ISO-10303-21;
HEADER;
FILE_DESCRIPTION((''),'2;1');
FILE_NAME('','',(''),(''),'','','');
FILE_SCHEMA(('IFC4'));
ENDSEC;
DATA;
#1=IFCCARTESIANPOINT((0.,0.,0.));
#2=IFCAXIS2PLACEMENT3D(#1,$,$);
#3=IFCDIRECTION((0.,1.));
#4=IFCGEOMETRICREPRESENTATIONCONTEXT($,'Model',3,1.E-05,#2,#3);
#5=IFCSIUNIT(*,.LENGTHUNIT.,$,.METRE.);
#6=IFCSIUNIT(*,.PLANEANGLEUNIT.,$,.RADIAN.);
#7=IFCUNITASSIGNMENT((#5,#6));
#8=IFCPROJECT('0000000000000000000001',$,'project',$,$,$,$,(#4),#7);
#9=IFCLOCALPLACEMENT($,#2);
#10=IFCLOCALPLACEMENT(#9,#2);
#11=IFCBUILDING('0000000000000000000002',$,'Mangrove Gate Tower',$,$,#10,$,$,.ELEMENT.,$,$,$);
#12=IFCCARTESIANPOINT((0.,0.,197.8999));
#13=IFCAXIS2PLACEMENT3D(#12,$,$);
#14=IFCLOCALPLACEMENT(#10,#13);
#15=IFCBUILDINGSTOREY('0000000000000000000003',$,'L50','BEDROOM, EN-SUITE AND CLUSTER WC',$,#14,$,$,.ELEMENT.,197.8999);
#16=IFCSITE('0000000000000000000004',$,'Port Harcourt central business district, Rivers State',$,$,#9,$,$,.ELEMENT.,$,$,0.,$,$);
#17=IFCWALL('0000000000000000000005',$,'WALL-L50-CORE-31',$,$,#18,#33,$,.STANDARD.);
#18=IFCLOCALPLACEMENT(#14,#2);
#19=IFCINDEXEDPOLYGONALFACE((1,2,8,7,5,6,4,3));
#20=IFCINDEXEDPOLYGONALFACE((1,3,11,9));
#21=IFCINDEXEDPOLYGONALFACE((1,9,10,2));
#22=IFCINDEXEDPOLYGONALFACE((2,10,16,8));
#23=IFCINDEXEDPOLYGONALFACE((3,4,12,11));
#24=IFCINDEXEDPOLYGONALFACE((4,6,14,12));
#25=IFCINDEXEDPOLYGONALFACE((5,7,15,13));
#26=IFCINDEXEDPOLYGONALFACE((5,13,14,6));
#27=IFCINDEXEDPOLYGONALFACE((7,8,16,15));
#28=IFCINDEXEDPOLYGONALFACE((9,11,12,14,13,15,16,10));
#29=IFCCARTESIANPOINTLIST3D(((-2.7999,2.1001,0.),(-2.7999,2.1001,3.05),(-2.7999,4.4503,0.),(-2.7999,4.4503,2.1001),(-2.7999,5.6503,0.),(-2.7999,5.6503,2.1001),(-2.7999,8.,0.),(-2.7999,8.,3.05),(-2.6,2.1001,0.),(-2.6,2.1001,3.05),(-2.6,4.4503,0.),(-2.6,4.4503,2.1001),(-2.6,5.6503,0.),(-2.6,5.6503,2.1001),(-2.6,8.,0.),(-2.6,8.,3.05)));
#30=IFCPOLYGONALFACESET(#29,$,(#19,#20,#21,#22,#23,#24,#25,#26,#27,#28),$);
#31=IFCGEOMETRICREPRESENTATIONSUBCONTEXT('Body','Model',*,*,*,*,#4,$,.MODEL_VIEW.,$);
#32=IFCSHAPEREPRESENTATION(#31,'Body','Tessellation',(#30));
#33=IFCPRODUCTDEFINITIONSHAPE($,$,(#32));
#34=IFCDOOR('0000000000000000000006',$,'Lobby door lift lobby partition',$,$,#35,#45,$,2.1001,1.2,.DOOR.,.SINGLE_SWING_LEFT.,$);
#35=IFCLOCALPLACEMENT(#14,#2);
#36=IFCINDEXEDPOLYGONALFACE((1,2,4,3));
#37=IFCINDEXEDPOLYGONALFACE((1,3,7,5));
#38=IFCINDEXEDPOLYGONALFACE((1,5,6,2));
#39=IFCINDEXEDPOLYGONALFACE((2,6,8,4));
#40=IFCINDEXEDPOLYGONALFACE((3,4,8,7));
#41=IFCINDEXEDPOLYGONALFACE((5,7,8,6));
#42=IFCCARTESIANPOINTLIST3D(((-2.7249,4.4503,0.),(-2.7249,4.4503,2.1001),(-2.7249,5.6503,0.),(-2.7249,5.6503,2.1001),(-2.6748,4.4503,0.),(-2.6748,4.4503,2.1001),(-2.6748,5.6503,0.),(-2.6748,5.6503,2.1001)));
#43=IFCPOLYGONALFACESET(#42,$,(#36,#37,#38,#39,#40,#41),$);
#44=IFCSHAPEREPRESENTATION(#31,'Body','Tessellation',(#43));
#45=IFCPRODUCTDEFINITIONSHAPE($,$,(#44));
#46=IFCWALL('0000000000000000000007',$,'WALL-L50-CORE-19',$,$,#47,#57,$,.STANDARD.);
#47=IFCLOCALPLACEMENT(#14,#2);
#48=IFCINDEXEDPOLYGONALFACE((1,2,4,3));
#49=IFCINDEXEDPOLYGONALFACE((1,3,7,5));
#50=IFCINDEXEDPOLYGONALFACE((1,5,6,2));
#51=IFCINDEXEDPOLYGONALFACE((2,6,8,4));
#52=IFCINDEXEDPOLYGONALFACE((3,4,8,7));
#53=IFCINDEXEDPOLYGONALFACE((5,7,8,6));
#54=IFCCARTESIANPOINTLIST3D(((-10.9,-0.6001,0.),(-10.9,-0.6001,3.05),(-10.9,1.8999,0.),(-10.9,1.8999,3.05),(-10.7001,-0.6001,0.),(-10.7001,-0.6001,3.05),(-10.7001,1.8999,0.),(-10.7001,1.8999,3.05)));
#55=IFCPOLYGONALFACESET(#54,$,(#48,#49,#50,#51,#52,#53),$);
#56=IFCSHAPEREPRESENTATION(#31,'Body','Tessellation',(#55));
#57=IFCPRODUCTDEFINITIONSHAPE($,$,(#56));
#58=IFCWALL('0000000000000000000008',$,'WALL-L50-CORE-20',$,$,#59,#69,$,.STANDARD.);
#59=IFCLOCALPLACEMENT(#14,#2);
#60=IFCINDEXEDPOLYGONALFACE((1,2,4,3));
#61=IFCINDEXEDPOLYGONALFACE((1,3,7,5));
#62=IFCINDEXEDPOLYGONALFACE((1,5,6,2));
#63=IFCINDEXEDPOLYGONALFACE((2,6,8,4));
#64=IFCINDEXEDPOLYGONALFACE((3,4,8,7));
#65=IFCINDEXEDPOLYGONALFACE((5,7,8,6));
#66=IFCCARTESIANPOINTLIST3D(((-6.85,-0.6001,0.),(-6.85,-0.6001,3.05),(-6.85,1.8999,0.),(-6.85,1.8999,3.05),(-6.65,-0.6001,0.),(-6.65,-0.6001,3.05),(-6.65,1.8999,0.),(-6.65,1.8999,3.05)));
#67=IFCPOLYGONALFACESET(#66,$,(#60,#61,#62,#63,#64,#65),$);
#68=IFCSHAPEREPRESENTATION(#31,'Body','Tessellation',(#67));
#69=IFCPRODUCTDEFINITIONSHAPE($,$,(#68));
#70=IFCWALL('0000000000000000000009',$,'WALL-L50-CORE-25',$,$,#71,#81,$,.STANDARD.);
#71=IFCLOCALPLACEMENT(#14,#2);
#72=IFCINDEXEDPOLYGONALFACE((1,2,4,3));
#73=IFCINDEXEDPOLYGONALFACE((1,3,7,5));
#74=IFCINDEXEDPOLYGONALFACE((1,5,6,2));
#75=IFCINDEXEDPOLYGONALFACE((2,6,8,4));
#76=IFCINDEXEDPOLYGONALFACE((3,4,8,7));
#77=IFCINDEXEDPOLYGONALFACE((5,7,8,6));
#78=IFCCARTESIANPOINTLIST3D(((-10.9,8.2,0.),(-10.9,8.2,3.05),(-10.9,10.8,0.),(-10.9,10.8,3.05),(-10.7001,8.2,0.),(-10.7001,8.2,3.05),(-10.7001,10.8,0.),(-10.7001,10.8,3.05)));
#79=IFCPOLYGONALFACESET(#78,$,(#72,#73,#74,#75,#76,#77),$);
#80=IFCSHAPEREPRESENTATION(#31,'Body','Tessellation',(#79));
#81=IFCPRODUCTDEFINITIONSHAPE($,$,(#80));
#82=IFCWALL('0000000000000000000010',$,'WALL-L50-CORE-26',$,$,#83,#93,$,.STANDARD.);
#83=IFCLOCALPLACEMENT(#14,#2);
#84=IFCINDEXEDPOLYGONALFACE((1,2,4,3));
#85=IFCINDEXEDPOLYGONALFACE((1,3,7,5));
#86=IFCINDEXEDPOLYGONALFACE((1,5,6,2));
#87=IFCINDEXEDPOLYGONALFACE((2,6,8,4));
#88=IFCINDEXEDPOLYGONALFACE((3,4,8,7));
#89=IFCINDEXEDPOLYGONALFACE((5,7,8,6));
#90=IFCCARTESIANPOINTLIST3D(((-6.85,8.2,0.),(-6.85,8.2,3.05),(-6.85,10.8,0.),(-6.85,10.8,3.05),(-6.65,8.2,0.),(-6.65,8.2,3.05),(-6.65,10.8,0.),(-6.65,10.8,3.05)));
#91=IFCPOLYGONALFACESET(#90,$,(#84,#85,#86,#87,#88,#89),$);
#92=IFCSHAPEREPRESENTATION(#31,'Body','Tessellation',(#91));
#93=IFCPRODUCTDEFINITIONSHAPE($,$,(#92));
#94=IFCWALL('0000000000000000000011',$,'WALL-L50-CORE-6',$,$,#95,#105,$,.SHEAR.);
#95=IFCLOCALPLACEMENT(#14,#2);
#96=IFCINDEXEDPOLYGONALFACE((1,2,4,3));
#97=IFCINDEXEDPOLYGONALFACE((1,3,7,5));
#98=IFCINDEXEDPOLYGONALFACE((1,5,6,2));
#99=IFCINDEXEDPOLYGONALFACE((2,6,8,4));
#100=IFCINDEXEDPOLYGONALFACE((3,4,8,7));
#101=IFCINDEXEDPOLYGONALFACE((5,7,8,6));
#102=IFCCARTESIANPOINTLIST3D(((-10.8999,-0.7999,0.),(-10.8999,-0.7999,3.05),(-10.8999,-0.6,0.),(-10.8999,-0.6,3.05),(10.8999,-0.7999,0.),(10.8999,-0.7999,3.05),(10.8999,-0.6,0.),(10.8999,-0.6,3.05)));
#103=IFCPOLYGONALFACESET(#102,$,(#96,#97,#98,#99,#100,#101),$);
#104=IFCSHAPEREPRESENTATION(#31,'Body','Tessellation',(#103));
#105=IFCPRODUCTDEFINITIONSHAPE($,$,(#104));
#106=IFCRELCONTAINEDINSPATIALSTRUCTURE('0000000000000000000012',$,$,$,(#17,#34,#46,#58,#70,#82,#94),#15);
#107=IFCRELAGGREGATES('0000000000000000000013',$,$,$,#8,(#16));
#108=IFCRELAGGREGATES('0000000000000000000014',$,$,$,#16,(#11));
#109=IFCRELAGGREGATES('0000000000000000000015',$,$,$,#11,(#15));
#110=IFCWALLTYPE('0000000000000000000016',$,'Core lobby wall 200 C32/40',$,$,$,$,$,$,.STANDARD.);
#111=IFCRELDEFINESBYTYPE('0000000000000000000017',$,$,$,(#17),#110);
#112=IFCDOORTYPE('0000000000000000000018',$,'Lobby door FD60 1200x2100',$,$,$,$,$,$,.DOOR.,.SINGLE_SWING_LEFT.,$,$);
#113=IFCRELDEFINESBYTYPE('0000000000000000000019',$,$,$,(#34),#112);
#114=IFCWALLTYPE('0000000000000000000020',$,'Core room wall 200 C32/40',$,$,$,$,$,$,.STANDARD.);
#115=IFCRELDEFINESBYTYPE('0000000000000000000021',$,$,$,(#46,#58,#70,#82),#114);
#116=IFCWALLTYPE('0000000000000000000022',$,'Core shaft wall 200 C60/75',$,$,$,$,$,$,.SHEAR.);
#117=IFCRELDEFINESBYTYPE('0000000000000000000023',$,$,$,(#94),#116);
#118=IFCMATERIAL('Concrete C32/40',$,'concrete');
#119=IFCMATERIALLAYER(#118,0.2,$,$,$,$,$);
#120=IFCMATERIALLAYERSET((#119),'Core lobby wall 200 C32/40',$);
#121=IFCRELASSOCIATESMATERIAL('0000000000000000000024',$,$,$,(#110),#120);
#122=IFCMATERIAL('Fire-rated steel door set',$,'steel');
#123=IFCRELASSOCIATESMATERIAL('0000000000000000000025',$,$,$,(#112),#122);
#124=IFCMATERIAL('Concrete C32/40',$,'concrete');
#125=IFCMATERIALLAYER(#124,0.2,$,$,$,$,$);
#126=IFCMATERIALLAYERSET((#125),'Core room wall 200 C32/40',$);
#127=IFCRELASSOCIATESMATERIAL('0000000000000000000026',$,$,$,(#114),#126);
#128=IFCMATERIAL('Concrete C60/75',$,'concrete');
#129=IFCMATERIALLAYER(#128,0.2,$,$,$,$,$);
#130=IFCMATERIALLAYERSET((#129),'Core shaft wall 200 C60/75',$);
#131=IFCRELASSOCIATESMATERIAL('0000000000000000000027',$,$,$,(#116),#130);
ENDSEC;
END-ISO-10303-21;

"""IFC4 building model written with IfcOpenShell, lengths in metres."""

from ifc_helpers import new_model, si_unit, direction, frame, frame_2d, origin, place, context, subcontext, project, spatial, rectangle, extrude, material, layer, layer_set, type_object, element, fill, save


model = new_model("IFC4")

# Units and contexts
model_context = context("Model", 3, precision=1e-05, world=origin(), true_north=direction((0.0, 1.0)))
body_context = subcontext(model_context, "Body", "Model", "MODEL_VIEW")
ifc_project = project(units=[si_unit("LENGTHUNIT", "METRE"), si_unit("PLANEANGLEUNIT", "RADIAN")], contexts=[model_context])

# Site, building, storey
site_placement = place(None, origin())
site = spatial("IfcSite", under=ifc_project, at=site_placement, Name="Port Harcourt central business district, Rivers State", CompositionType="ELEMENT", RefElevation=0.0)
building_placement = place(site_placement, origin())
building = spatial("IfcBuilding", under=site, at=building_placement, Name="Mangrove Gate Tower", CompositionType="ELEMENT")
storey_placement = place(building_placement, frame((0.0, 0.0, 197.8999)))
storey = spatial("IfcBuildingStorey", under=building, at=storey_placement, Name="L50", Description="BEDROOM, EN-SUITE AND CLUSTER WC", CompositionType="ELEMENT", Elevation=197.8999)

# Wall, opening, door
ifc_material_1 = material(Name="Concrete C32/40", Category="concrete")
ifc_layer_1 = layer(ifc_material_1, 0.2)
ifc_layer_set_1 = layer_set([ifc_layer_1], Name="Core lobby wall 200 C32/40")
wall_type_1 = type_object("IfcWallType", Name="Core lobby wall 200 C32/40", PredefinedType="STANDARD", material=ifc_layer_set_1)
wall_1_placement = place(storey_placement, frame((-2.7, 2.1001, 0.0), z_axis=(0.0, 0.0, 1.0), x_axis=(0.0, 1.0, 0.0)))
wall_1 = element("IfcWall", 1, at=wall_1_placement, inside=storey, type_object=wall_type_1, Name="WALL-L50-CORE-31", PredefinedType="STANDARD", context=body_context, shape_type="SweptSolid", body=[
    extrude(rectangle(XDim=5.8999, YDim=0.2, at=frame_2d((2.95, 0.0))), origin(), (0.0, 0.0, 1.0), 3.05),
])
opening_1_placement = place(wall_1_placement, frame((2.3501, 0.0, 0.0)))
opening_1 = element("IfcOpeningElement", 2, at=opening_1_placement, cuts=wall_1, PredefinedType="OPENING", context=body_context, shape_type="SweptSolid", body=[
    extrude(rectangle(XDim=1.2, YDim=2.1001, at=frame_2d((0.6001, 1.05))), frame((0.0, 0.1099, 0.0), z_axis=(0.0, -1.0, 0.0), x_axis=(1.0, 0.0, 0.0)), (0.0, 0.0, 1.0), 0.22),
])
ifc_material_2 = material(Name="Fire-rated steel door set", Category="steel")
door_type_1 = type_object("IfcDoorType", Name="Lobby door FD60 1200x2100", OperationType="SINGLE_SWING_LEFT", PredefinedType="DOOR", material=ifc_material_2)
door_1_placement = place(opening_1_placement, origin())
door_1 = element("IfcDoor", 3, at=door_1_placement, inside=storey, type_object=door_type_1, Name="Lobby door lift lobby partition", OperationType="SINGLE_SWING_LEFT", OverallHeight=2.1001, OverallWidth=1.2, PredefinedType="DOOR", context=body_context, shape_type="SweptSolid", body=[
    extrude(rectangle(XDim=1.2, YDim=2.1001, at=frame_2d((0.6001, 1.05))), frame((0.0, 0.0249, 0.0), z_axis=(0.0, -1.0, 0.0), x_axis=(1.0, 0.0, 0.0)), (0.0, 0.0, 1.0), 0.05),
])
fill(opening_1, door_1)

# Walls
ifc_material_3 = material(Name="Concrete C32/40", Category="concrete")
ifc_layer_2 = layer(ifc_material_3, 0.2)
ifc_layer_set_2 = layer_set([ifc_layer_2], Name="Core room wall 200 C32/40")
wall_type_2 = type_object("IfcWallType", Name="Core room wall 200 C32/40", PredefinedType="STANDARD", material=ifc_layer_set_2)
for number, where, z_axis, x_axis, name in (
    (4, (-10.8, -0.6001, 0.0), (0.0, 0.0, 1.0), (0.0, 1.0, 0.0), "WALL-L50-CORE-19"),
    (5, (-6.75, -0.6001, 0.0), (0.0, 0.0, 1.0), (0.0, 1.0, 0.0), "WALL-L50-CORE-20"),
):
    element("IfcWall", number, at=place(storey_placement, frame(where, z_axis=z_axis, x_axis=x_axis)), inside=storey, type_object=wall_type_2, Name=name, PredefinedType="STANDARD", context=body_context, shape_type="SweptSolid", body=[
        extrude(rectangle(XDim=2.5, YDim=0.2, at=frame_2d((1.25, 0.0))), origin(), (0.0, 0.0, 1.0), 3.05),
    ])
for number, where, z_axis, x_axis, name in (
    (6, (-10.8, 8.2, 0.0), (0.0, 0.0, 1.0), (0.0, 1.0, 0.0), "WALL-L50-CORE-25"),
    (7, (-6.75, 8.2, 0.0), (0.0, 0.0, 1.0), (0.0, 1.0, 0.0), "WALL-L50-CORE-26"),
):
    element("IfcWall", number, at=place(storey_placement, frame(where, z_axis=z_axis, x_axis=x_axis)), inside=storey, type_object=wall_type_2, Name=name, PredefinedType="STANDARD", context=body_context, shape_type="SweptSolid", body=[
        extrude(rectangle(XDim=2.6001, YDim=0.2, at=frame_2d((1.3, 0.0))), origin(), (0.0, 0.0, 1.0), 3.05),
    ])
ifc_material_4 = material(Name="Concrete C60/75", Category="concrete")
ifc_layer_3 = layer(ifc_material_4, 0.2)
ifc_layer_set_3 = layer_set([ifc_layer_3], Name="Core shaft wall 200 C60/75")
wall_type_3 = type_object("IfcWallType", Name="Core shaft wall 200 C60/75", PredefinedType="SHEAR", material=ifc_layer_set_3)
wall_2_placement = place(storey_placement, frame((-10.8999, -0.7, 0.0), z_axis=(0.0, 0.0, 1.0), x_axis=(1.0, 0.0, 0.0)))
element("IfcWall", 8, at=wall_2_placement, inside=storey, type_object=wall_type_3, Name="WALL-L50-CORE-6", PredefinedType="SHEAR", context=body_context, shape_type="SweptSolid", body=[
    extrude(rectangle(XDim=21.7998, YDim=0.2, at=frame_2d((10.8999, 0.0))), origin(), (0.0, 0.0, 1.0), 3.05),
])

save(model, "model.ifc")
